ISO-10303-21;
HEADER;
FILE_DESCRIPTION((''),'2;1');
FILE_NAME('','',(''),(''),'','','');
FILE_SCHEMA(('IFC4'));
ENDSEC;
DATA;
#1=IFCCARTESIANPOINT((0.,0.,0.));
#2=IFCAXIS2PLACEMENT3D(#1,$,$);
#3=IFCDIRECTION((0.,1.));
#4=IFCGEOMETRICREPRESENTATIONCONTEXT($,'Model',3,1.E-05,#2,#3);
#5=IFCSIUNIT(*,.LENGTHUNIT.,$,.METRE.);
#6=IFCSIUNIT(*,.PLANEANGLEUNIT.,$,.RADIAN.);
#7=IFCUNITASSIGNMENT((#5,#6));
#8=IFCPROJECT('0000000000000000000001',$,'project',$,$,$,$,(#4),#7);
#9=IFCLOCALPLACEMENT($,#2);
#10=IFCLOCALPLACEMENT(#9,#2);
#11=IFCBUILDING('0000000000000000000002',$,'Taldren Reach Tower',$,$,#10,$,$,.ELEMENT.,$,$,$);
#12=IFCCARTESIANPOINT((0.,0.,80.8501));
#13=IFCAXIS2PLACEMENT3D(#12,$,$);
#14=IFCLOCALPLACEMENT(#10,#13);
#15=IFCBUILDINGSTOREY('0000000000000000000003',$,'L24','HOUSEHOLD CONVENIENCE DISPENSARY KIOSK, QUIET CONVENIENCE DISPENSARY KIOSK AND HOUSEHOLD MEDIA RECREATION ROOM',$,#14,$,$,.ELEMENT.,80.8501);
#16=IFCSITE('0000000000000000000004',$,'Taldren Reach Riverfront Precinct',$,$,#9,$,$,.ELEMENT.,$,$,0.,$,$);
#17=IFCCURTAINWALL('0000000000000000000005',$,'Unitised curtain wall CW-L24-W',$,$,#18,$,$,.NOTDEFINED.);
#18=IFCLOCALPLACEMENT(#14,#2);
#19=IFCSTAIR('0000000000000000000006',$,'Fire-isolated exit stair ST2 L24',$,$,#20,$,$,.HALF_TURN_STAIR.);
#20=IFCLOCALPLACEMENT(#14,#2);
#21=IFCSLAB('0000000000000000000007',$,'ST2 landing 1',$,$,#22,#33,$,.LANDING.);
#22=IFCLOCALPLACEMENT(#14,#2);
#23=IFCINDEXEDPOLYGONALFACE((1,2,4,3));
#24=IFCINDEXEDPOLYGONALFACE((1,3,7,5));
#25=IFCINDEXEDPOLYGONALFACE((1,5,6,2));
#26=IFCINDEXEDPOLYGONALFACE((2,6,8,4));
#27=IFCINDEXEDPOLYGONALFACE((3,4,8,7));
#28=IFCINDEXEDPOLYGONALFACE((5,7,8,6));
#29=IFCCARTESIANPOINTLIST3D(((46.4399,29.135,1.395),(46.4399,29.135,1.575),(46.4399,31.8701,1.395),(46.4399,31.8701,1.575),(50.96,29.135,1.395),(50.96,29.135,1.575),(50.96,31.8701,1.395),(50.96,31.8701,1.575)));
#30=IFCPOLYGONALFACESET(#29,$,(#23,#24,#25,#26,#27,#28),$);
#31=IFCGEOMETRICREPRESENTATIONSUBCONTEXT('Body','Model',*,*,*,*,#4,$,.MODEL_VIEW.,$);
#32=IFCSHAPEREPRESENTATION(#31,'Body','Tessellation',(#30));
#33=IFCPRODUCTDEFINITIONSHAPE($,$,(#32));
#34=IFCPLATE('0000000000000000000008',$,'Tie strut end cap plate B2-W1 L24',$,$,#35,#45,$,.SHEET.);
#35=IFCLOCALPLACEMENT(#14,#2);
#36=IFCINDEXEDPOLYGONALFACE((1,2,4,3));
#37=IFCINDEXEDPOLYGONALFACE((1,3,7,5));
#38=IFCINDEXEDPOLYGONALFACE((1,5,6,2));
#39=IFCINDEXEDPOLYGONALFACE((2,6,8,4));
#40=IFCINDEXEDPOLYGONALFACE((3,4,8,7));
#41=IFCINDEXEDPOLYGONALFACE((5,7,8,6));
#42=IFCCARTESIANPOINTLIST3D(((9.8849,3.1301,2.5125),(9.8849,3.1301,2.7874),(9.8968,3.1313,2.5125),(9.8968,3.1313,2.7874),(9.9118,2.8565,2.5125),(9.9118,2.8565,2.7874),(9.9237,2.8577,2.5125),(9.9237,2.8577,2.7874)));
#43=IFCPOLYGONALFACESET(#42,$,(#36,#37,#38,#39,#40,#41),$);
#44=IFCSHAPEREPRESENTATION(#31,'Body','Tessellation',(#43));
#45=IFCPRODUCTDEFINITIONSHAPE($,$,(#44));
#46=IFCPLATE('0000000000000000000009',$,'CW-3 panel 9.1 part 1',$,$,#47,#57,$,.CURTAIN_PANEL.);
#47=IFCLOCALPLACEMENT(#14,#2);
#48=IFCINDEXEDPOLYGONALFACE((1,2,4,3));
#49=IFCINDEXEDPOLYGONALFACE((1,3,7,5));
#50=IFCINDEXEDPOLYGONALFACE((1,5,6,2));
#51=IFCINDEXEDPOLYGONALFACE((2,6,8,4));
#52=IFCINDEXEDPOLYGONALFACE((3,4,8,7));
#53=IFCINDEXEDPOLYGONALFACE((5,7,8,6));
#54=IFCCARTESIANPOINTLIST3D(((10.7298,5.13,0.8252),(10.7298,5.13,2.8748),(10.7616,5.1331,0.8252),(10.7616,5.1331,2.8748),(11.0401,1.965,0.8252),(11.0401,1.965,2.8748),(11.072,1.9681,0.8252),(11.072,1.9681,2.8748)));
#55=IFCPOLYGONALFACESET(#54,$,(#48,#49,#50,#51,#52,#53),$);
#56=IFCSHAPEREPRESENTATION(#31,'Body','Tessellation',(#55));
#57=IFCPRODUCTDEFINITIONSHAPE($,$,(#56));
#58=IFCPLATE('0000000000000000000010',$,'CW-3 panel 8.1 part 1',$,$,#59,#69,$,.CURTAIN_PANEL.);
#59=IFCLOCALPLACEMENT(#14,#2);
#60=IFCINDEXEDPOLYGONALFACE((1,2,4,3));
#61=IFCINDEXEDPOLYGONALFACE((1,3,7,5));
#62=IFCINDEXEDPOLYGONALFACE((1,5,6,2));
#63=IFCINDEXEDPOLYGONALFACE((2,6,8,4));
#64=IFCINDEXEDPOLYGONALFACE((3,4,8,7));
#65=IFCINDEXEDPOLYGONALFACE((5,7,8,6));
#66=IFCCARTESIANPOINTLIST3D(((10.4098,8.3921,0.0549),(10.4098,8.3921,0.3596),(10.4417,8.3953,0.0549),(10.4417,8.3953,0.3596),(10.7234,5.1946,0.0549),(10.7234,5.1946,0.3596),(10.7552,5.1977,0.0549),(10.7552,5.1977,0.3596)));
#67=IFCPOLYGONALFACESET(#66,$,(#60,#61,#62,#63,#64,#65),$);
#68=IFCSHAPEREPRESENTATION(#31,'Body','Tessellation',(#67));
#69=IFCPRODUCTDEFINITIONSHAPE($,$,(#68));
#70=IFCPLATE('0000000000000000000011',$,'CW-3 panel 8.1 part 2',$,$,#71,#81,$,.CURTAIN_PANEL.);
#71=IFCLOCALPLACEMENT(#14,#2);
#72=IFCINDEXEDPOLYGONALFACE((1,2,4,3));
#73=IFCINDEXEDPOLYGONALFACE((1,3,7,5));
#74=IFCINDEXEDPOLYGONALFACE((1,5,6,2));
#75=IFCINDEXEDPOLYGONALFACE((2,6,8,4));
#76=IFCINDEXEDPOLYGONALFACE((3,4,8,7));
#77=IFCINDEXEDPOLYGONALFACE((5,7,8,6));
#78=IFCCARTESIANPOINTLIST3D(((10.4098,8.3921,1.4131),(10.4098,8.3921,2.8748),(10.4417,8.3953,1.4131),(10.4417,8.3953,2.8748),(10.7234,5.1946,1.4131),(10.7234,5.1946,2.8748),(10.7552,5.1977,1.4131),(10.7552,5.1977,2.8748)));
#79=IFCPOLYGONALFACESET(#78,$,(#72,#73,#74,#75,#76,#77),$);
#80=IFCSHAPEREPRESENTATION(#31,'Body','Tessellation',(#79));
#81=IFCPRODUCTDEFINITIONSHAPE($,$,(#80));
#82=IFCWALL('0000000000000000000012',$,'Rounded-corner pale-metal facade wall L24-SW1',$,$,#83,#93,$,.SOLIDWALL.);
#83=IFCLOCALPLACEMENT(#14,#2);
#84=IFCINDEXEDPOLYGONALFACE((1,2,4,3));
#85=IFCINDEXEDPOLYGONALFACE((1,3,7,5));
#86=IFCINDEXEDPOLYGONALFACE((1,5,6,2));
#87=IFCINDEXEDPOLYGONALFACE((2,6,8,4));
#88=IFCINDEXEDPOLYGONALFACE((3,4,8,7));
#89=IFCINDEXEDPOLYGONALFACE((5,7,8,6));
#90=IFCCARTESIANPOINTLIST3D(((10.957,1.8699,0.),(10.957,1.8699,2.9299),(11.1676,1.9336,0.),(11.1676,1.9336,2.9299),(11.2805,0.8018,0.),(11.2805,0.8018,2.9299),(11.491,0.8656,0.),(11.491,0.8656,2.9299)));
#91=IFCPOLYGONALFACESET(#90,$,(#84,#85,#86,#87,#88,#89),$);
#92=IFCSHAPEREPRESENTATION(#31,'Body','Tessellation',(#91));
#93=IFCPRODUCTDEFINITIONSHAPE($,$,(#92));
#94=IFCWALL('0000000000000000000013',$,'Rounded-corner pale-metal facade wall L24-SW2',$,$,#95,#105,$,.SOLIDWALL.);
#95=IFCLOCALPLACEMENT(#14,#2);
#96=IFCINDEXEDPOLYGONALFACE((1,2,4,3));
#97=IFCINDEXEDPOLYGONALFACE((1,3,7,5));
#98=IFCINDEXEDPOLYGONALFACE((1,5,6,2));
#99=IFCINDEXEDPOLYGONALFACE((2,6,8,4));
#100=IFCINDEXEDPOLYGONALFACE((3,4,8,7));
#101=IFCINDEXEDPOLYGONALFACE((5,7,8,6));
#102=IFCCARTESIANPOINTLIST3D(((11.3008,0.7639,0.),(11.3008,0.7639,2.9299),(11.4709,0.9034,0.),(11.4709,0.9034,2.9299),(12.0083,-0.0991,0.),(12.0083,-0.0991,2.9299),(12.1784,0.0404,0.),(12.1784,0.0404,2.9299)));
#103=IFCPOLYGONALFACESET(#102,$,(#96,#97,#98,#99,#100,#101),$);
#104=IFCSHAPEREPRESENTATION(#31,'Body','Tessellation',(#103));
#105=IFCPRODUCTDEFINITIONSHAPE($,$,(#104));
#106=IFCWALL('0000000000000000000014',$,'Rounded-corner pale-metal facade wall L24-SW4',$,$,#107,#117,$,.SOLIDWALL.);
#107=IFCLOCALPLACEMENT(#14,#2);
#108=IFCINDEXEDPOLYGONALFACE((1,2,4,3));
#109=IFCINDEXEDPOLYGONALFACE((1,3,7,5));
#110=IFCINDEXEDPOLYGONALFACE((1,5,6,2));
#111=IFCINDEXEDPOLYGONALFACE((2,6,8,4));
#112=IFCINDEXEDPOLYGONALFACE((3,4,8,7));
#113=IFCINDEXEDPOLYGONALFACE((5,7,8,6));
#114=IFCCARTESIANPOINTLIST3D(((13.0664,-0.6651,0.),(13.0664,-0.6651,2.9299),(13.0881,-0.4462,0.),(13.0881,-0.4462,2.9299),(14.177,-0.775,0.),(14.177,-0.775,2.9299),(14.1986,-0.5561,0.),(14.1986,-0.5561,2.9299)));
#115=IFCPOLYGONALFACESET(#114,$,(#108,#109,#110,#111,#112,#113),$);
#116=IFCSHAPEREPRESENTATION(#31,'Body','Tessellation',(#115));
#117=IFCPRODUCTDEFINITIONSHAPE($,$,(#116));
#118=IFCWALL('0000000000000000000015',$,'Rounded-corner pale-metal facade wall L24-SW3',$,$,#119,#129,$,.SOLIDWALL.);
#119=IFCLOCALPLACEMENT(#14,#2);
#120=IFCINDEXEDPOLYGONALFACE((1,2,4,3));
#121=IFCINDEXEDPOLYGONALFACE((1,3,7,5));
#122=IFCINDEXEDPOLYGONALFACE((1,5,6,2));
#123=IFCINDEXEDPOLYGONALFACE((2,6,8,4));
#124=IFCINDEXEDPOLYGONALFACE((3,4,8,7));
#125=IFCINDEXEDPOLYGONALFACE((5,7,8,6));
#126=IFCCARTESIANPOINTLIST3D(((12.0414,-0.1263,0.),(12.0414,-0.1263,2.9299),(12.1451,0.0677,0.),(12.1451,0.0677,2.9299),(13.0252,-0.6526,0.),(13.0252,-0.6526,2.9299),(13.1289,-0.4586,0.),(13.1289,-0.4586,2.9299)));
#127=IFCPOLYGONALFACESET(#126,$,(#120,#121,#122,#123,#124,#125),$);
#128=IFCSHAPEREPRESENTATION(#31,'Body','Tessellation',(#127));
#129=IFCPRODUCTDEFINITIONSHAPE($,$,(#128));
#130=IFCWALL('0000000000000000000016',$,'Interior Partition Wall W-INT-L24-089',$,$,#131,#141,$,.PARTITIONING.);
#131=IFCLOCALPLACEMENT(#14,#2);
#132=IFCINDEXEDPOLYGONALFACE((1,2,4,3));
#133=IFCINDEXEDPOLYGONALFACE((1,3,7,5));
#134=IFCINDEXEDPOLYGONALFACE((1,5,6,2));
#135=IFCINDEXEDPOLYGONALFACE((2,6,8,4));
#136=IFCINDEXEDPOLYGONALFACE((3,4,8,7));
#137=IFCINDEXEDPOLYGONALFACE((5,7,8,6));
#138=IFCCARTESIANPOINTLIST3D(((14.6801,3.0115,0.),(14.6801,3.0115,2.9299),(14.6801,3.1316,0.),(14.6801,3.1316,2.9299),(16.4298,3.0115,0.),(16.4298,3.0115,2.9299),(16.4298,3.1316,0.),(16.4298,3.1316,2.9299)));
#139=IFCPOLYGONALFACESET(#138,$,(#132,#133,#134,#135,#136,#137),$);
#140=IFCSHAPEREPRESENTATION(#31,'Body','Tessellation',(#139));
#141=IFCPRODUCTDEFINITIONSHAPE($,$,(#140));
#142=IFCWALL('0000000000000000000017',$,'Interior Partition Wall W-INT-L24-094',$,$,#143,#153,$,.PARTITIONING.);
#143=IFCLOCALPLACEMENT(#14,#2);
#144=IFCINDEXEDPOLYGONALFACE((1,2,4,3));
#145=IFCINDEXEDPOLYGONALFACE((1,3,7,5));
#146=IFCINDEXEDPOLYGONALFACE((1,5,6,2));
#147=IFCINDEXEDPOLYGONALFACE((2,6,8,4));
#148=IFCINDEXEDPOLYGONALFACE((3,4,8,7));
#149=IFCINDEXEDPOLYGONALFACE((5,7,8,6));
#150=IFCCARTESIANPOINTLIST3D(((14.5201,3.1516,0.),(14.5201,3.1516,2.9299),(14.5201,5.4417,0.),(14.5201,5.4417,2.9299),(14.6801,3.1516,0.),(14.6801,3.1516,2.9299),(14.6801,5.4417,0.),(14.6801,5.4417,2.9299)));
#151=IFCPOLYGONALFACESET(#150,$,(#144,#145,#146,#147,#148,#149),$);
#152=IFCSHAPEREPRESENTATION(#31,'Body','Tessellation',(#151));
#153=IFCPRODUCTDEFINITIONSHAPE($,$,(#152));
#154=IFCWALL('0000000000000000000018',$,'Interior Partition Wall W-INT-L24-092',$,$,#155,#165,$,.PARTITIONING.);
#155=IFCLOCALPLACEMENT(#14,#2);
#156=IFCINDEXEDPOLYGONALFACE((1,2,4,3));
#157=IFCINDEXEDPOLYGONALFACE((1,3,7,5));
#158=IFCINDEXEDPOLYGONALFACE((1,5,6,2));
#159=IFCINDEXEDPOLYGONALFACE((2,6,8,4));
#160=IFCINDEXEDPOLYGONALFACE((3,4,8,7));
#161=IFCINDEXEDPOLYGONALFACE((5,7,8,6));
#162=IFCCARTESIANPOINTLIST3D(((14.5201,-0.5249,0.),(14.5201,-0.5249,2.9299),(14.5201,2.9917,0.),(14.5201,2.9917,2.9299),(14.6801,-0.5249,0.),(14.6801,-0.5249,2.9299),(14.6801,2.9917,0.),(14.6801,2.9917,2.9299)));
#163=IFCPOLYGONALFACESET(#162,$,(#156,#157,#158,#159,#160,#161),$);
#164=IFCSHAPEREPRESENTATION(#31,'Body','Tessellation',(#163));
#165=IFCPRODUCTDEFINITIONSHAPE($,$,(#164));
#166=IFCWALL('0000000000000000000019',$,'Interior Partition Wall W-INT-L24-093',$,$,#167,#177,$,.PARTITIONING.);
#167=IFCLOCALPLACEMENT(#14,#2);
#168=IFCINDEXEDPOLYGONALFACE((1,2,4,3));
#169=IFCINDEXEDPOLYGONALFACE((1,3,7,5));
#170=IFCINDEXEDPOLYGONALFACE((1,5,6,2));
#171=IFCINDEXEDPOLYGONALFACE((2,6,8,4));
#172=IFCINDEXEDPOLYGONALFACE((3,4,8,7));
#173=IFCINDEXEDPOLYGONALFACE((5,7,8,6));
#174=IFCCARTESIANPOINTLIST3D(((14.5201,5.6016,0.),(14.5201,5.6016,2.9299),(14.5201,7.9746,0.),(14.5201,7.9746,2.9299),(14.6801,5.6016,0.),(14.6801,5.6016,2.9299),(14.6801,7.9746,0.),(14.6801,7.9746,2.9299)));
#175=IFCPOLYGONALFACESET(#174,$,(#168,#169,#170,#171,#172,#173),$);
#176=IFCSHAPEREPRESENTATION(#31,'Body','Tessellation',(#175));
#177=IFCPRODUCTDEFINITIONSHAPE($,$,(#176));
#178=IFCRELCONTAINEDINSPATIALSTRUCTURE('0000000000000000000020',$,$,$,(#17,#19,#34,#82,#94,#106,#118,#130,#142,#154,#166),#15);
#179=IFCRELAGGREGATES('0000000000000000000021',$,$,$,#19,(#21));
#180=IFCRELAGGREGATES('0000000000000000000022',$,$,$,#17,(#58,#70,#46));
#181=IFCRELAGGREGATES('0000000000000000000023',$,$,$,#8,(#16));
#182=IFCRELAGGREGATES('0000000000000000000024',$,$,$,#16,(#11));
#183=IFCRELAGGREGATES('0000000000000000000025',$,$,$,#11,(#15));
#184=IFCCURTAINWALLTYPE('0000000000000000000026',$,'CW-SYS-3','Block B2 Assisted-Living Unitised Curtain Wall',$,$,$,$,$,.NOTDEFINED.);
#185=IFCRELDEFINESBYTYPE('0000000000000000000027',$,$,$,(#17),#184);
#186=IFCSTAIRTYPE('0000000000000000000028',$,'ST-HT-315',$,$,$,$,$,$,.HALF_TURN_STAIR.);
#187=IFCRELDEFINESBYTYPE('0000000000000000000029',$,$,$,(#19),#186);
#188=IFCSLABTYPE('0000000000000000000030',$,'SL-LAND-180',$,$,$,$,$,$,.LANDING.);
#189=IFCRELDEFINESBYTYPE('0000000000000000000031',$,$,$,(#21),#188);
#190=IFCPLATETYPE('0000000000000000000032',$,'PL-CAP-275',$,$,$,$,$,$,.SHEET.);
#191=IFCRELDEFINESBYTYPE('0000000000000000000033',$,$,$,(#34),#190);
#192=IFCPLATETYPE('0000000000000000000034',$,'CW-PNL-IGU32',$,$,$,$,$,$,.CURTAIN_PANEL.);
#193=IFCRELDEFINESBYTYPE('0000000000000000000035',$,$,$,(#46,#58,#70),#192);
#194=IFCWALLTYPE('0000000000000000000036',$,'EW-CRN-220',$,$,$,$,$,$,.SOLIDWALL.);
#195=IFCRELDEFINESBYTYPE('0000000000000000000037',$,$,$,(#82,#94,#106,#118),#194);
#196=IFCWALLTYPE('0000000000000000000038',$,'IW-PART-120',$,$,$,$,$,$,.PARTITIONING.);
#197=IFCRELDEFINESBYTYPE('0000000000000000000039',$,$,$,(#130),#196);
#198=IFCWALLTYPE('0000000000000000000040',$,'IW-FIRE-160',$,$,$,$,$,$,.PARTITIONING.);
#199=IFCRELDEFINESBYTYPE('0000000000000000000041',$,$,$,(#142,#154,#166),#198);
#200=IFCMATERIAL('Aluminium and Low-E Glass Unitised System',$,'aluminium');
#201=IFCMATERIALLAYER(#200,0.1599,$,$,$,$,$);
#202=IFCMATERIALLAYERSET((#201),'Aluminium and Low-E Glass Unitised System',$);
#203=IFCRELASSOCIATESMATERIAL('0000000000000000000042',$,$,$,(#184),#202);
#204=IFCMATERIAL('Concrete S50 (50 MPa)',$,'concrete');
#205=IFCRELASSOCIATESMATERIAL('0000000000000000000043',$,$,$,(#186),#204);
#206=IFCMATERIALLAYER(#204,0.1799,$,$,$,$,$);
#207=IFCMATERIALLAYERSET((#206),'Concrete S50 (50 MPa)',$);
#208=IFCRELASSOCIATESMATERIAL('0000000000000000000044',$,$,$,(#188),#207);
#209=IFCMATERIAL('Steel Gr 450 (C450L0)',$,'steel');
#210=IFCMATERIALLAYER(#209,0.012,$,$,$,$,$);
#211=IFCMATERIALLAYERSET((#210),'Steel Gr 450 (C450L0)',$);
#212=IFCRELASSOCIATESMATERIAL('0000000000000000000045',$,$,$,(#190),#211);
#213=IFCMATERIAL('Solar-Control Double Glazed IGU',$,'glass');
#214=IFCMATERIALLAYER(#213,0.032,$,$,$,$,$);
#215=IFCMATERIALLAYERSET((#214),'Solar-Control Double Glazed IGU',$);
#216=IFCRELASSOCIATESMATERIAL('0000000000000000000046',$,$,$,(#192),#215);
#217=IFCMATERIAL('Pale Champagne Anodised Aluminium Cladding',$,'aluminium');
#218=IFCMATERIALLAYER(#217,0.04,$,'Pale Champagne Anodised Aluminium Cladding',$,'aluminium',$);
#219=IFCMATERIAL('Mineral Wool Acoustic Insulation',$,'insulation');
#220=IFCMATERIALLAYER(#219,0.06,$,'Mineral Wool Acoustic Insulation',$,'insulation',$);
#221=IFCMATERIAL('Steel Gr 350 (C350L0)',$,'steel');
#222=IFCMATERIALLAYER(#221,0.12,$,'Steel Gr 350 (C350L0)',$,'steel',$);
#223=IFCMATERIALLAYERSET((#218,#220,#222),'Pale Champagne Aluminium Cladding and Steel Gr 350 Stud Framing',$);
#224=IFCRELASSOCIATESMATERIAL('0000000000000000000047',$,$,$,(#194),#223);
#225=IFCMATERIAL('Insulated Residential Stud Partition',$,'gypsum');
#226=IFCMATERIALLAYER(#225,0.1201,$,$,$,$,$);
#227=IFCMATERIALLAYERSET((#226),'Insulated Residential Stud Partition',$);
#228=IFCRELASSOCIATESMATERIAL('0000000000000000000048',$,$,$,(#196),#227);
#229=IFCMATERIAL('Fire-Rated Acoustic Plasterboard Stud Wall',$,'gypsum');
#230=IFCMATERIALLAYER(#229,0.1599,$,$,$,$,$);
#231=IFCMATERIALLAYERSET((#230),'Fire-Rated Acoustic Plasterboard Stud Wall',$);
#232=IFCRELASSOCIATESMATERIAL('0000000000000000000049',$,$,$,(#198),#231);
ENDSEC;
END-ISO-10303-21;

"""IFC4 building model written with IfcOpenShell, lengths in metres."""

from ifc_helpers import new_model, si_unit, direction, frame, frame_2d, origin, origin_2d, place, context, subcontext, project, spatial, polyline, rectangle, outline, extrude, source, transform, mapped, material, layer, layer_set, type_object, element, aggregate, save


model = new_model("IFC4")

# Units and contexts
model_context = context("Model", 3, precision=1e-05, world=origin(), true_north=direction((0.0, 1.0)))
body_context = subcontext(model_context, "Body", "Model", "MODEL_VIEW")
ifc_project = project(units=[si_unit("LENGTHUNIT", "METRE"), si_unit("PLANEANGLEUNIT", "RADIAN")], contexts=[model_context])

# Site, building, storey
site_placement = place(None, origin())
site = spatial("IfcSite", under=ifc_project, at=site_placement, Name="Taldren Reach Riverfront Precinct", CompositionType="ELEMENT", RefElevation=0.0)
building_placement = place(site_placement, origin())
building = spatial("IfcBuilding", under=site, at=building_placement, Name="Taldren Reach Tower", CompositionType="ELEMENT")
storey_placement = place(building_placement, frame((0.0, 0.0, 80.8501)))
storey = spatial("IfcBuildingStorey", under=building, at=storey_placement, Name="L24", Description="HOUSEHOLD CONVENIENCE DISPENSARY KIOSK, QUIET CONVENIENCE DISPENSARY KIOSK AND HOUSEHOLD MEDIA RECREATION ROOM", CompositionType="ELEMENT", Elevation=80.8501)

# Shared definitions
ifc_material_1 = material(Name="Steel Gr 450 (C450L0)", Category="steel")
ifc_material_2 = material(Name="Steel Gr 350 (C350L0)", Category="steel")

# Shared definitions
ifc_material_3 = material(Name="Aluminium and Low-E Glass Unitised System", Category="aluminium")
ifc_layer_1 = layer(ifc_material_3, 0.1599)
ifc_layer_set_1 = layer_set([ifc_layer_1], Name="Aluminium and Low-E Glass Unitised System")
curtain_wall_type = type_object("IfcCurtainWallType", Name="CW-SYS-3", Description="Block B2 Assisted-Living Unitised Curtain Wall", PredefinedType="NOTDEFINED", material=ifc_layer_set_1)

# Curtain wall
curtain_wall_1_placement = place(storey_placement, origin())
curtain_wall_1 = element("IfcCurtainWall", 1, at=curtain_wall_1_placement, inside=storey, type_object=curtain_wall_type, Name="Unitised curtain wall CW-L24-W", PredefinedType="NOTDEFINED")

# Stair, slab
ifc_material_4 = material(Name="Concrete S50 (50 MPa)", Category="concrete")
stair_type = type_object("IfcStairType", Name="ST-HT-315", PredefinedType="HALF_TURN_STAIR", material=ifc_material_4)
ifc_layer_2 = layer(ifc_material_4, 0.1799)
ifc_layer_set_2 = layer_set([ifc_layer_2], Name="Concrete S50 (50 MPa)")
slab_type_1 = type_object("IfcSlabType", Name="SL-LAND-180", PredefinedType="LANDING", material=ifc_layer_set_2)
stair_1_placement = place(storey_placement, origin())
stair_1 = element("IfcStair", 2, at=stair_1_placement, inside=storey, type_object=stair_type, Name="Fire-isolated exit stair ST2 L24", PredefinedType="HALF_TURN_STAIR")
slab_1_placement = place(storey_placement, frame((0.0, 0.0, 1.395)))
slab_1 = element("IfcSlab", 3, at=slab_1_placement, type_object=slab_type_1, Name="ST2 landing 1", PredefinedType="LANDING", context=body_context, shape_type="SweptSolid", body=[
    extrude(outline(polyline([(46.4399, 29.135), (50.96, 29.135), (50.96, 31.8701), (46.4399, 31.8701), (46.4399, 29.135)])), origin(), (0.0, 0.0, 1.0), 0.1799),
])
aggregate(stair_1, [slab_1])

# Plates
ifc_layer_3 = layer(ifc_material_1, 0.012)
ifc_layer_set_3 = layer_set([ifc_layer_3], Name="Steel Gr 450 (C450L0)")
plate_type_1 = type_object("IfcPlateType", Name="PL-CAP-275", PredefinedType="SHEET", material=ifc_layer_set_3)
shared_shape_1 = source(origin(), body_context, "Body", "SweptSolid", [
    extrude(rectangle(XDim=0.012, YDim=0.2749, at=origin_2d()), origin(), (0.0, 0.0, 1.0), 0.2749),
])
plate_1_placement = place(storey_placement, frame((9.9043, 2.9939, 2.5125), z_axis=(0.0, 0.0, 1.0), x_axis=(0.995227, 0.097583, 0.0)))
element("IfcPlate", 4, at=plate_1_placement, inside=storey, type_object=plate_type_1, Name="Tie strut end cap plate B2-W1 L24", PredefinedType="SHEET", context=body_context, shape_type="MappedRepresentation", body=[
    mapped(shared_shape_1, transform((0.0, 0.0, 0.0), scale=1.0)),
])
ifc_material_5 = material(Name="Solar-Control Double Glazed IGU", Category="glass")
ifc_layer_4 = layer(ifc_material_5, 0.032)
ifc_layer_set_4 = layer_set([ifc_layer_4], Name="Solar-Control Double Glazed IGU")
plate_type_2 = type_object("IfcPlateType", Name="CW-PNL-IGU32", PredefinedType="CURTAIN_PANEL", material=ifc_layer_set_4)
shared_shape_2 = source(origin(), body_context, "Body", "SweptSolid", [
    extrude(rectangle(XDim=3.1802, YDim=0.032, at=origin_2d()), origin(), (0.0, 0.0, 1.0), 2.0496),
])
plate_2_placement = place(storey_placement, frame((10.9009, 3.5491, 0.8252), z_axis=(0.0, 0.0, 1.0), x_axis=(0.097583, -0.995227, 0.0)))
plate_2 = element("IfcPlate", 5, at=plate_2_placement, type_object=plate_type_2, Name="CW-3 panel 9.1 part 1", PredefinedType="CURTAIN_PANEL", context=body_context, shape_type="MappedRepresentation", body=[
    mapped(shared_shape_2, transform((0.0, 0.0, 0.0), scale=1.0)),
])
shared_shape_3 = source(origin(), body_context, "Body", "SweptSolid", [
    extrude(rectangle(XDim=3.2129, YDim=0.032, at=origin_2d()), origin(), (0.0, 0.0, 1.0), 0.3047),
])
plate_3_placement = place(storey_placement, frame((10.5825, 6.7949, 0.0549), z_axis=(0.0, 0.0, 1.0), x_axis=(0.097583, -0.995227, 0.0)))
plate_3 = element("IfcPlate", 6, at=plate_3_placement, type_object=plate_type_2, Name="CW-3 panel 8.1 part 1", PredefinedType="CURTAIN_PANEL", context=body_context, shape_type="MappedRepresentation", body=[
    mapped(shared_shape_3, transform((0.0, 0.0, 0.0), scale=1.0)),
])
shared_shape_4 = source(origin(), body_context, "Body", "SweptSolid", [
    extrude(rectangle(XDim=3.2129, YDim=0.032, at=origin_2d()), origin(), (0.0, 0.0, 1.0), 1.4617),
])
plate_4_placement = place(storey_placement, frame((10.5825, 6.7949, 1.4131), z_axis=(0.0, 0.0, 1.0), x_axis=(0.097583, -0.995227, 0.0)))
plate_4 = element("IfcPlate", 7, at=plate_4_placement, type_object=plate_type_2, Name="CW-3 panel 8.1 part 2", PredefinedType="CURTAIN_PANEL", context=body_context, shape_type="MappedRepresentation", body=[
    mapped(shared_shape_4, transform((0.0, 0.0, 0.0), scale=1.0)),
])
aggregate(curtain_wall_1, [plate_3, plate_4, plate_2])

# Walls
ifc_material_6 = material(Name="Pale Champagne Anodised Aluminium Cladding", Category="aluminium")
ifc_layer_5 = layer(ifc_material_6, 0.04, Name="Pale Champagne Anodised Aluminium Cladding", Category="aluminium")
ifc_material_7 = material(Name="Mineral Wool Acoustic Insulation", Category="insulation")
ifc_layer_6 = layer(ifc_material_7, 0.06, Name="Mineral Wool Acoustic Insulation", Category="insulation")
ifc_layer_7 = layer(ifc_material_2, 0.12, Name="Steel Gr 350 (C350L0)", Category="steel")
ifc_layer_set_5 = layer_set([ifc_layer_5, ifc_layer_6, ifc_layer_7], Name="Pale Champagne Aluminium Cladding and Steel Gr 350 Stud Framing")
wall_type_1 = type_object("IfcWallType", Name="EW-CRN-220", PredefinedType="SOLIDWALL", material=ifc_layer_set_5)
shared_shape_5 = source(origin(), body_context, "Body", "SweptSolid", [
    extrude(rectangle(XDim=1.116, YDim=0.22, at=frame_2d((0.5581, 0.0))), origin(), (0.0, 0.0, 1.0), 2.9299),
])
for number, where, z_axis, x_axis, name in (
    (8, (11.0623, 1.9019, 0.0), (0.0, 0.0, 1.0), (0.289856, -0.95707, 0.0), "Rounded-corner pale-metal facade wall L24-SW1"),
    (9, (11.3857, 0.8337, 0.0), (0.0, 0.0, 1.0), (0.633988, -0.773343, 0.0), "Rounded-corner pale-metal facade wall L24-SW2"),
    (10, (13.0771, -0.5557, 0.0), (0.0, 0.0, 1.0), (0.995143, -0.098442, 0.0), "Rounded-corner pale-metal facade wall L24-SW4"),
):
    element("IfcWall", number, at=place(storey_placement, frame(where, z_axis=z_axis, x_axis=x_axis)), inside=storey, type_object=wall_type_1, Name=name, PredefinedType="SOLIDWALL", context=body_context, shape_type="MappedRepresentation", body=[
        mapped(shared_shape_5, transform((0.0, 0.0, 0.0), scale=1.0)),
    ])
shared_shape_6 = source(origin(), body_context, "Body", "SweptSolid", [
    extrude(rectangle(XDim=1.1157, YDim=0.22, at=frame_2d((0.5579, 0.0))), origin(), (0.0, 0.0, 1.0), 2.9299),
])
wall_1_placement = place(storey_placement, frame((12.0933, -0.0293, 0.0), z_axis=(0.0, 0.0, 1.0), x_axis=(0.881747, -0.471723, 0.0)))
element("IfcWall", 11, at=wall_1_placement, inside=storey, type_object=wall_type_1, Name="Rounded-corner pale-metal facade wall L24-SW3", PredefinedType="SOLIDWALL", context=body_context, shape_type="MappedRepresentation", body=[
    mapped(shared_shape_6, transform((0.0, 0.0, 0.0), scale=1.0)),
])
ifc_material_8 = material(Name="Insulated Residential Stud Partition", Category="gypsum")
ifc_layer_8 = layer(ifc_material_8, 0.1201)
ifc_layer_set_6 = layer_set([ifc_layer_8], Name="Insulated Residential Stud Partition")
wall_type_2 = type_object("IfcWallType", Name="IW-PART-120", PredefinedType="PARTITIONING", material=ifc_layer_set_6)
shared_shape_7 = source(origin(), body_context, "Body", "SweptSolid", [
    extrude(rectangle(XDim=1.7498, YDim=0.1201, at=frame_2d((0.875, 0.0))), origin(), (0.0, 0.0, 1.0), 2.9299),
])
wall_2_placement = place(storey_placement, frame((14.6799, 3.0715, 0.0), z_axis=(0.0, 0.0, 1.0), x_axis=(1.0, 0.0, 0.0)))
element("IfcWall", 12, at=wall_2_placement, inside=storey, type_object=wall_type_2, Name="Interior Partition Wall W-INT-L24-089", PredefinedType="PARTITIONING", context=body_context, shape_type="MappedRepresentation", body=[
    mapped(shared_shape_7, transform((0.0, 0.0, 0.0), scale=1.0)),
])
ifc_material_9 = material(Name="Fire-Rated Acoustic Plasterboard Stud Wall", Category="gypsum")
ifc_layer_9 = layer(ifc_material_9, 0.1599)
ifc_layer_set_7 = layer_set([ifc_layer_9], Name="Fire-Rated Acoustic Plasterboard Stud Wall")
wall_type_3 = type_object("IfcWallType", Name="IW-FIRE-160", PredefinedType="PARTITIONING", material=ifc_layer_set_7)
shared_shape_8 = source(origin(), body_context, "Body", "SweptSolid", [
    extrude(rectangle(XDim=2.29, YDim=0.1599, at=frame_2d((1.145, 0.0))), origin(), (0.0, 0.0, 1.0), 2.9299),
])
wall_3_placement = place(storey_placement, frame((14.6001, 3.1516, 0.0), z_axis=(0.0, 0.0, 1.0), x_axis=(0.0, 1.0, 0.0)))
element("IfcWall", 13, at=wall_3_placement, inside=storey, type_object=wall_type_3, Name="Interior Partition Wall W-INT-L24-094", PredefinedType="PARTITIONING", context=body_context, shape_type="MappedRepresentation", body=[
    mapped(shared_shape_8, transform((0.0, 0.0, 0.0), scale=1.0)),
])
shared_shape_9 = source(origin(), body_context, "Body", "SweptSolid", [
    extrude(rectangle(XDim=3.5166, YDim=0.1599, at=frame_2d((1.7583, 0.0))), origin(), (0.0, 0.0, 1.0), 2.9299),
])
wall_4_placement = place(storey_placement, frame((14.6001, -0.5249, 0.0), z_axis=(0.0, 0.0, 1.0), x_axis=(0.0, 1.0, 0.0)))
element("IfcWall", 14, at=wall_4_placement, inside=storey, type_object=wall_type_3, Name="Interior Partition Wall W-INT-L24-092", PredefinedType="PARTITIONING", context=body_context, shape_type="MappedRepresentation", body=[
    mapped(shared_shape_9, transform((0.0, 0.0, 0.0), scale=1.0)),
])
shared_shape_10 = source(origin(), body_context, "Body", "SweptSolid", [
    extrude(rectangle(XDim=2.373, YDim=0.1599, at=frame_2d((1.1865, 0.0))), origin(), (0.0, 0.0, 1.0), 2.9299),
])
wall_5_placement = place(storey_placement, frame((14.6001, 5.6016, 0.0), z_axis=(0.0, 0.0, 1.0), x_axis=(0.0, 1.0, 0.0)))
element("IfcWall", 15, at=wall_5_placement, inside=storey, type_object=wall_type_3, Name="Interior Partition Wall W-INT-L24-093", PredefinedType="PARTITIONING", context=body_context, shape_type="MappedRepresentation", body=[
    mapped(shared_shape_10, transform((0.0, 0.0, 0.0), scale=1.0)),
])

save(model, "model.ifc")
